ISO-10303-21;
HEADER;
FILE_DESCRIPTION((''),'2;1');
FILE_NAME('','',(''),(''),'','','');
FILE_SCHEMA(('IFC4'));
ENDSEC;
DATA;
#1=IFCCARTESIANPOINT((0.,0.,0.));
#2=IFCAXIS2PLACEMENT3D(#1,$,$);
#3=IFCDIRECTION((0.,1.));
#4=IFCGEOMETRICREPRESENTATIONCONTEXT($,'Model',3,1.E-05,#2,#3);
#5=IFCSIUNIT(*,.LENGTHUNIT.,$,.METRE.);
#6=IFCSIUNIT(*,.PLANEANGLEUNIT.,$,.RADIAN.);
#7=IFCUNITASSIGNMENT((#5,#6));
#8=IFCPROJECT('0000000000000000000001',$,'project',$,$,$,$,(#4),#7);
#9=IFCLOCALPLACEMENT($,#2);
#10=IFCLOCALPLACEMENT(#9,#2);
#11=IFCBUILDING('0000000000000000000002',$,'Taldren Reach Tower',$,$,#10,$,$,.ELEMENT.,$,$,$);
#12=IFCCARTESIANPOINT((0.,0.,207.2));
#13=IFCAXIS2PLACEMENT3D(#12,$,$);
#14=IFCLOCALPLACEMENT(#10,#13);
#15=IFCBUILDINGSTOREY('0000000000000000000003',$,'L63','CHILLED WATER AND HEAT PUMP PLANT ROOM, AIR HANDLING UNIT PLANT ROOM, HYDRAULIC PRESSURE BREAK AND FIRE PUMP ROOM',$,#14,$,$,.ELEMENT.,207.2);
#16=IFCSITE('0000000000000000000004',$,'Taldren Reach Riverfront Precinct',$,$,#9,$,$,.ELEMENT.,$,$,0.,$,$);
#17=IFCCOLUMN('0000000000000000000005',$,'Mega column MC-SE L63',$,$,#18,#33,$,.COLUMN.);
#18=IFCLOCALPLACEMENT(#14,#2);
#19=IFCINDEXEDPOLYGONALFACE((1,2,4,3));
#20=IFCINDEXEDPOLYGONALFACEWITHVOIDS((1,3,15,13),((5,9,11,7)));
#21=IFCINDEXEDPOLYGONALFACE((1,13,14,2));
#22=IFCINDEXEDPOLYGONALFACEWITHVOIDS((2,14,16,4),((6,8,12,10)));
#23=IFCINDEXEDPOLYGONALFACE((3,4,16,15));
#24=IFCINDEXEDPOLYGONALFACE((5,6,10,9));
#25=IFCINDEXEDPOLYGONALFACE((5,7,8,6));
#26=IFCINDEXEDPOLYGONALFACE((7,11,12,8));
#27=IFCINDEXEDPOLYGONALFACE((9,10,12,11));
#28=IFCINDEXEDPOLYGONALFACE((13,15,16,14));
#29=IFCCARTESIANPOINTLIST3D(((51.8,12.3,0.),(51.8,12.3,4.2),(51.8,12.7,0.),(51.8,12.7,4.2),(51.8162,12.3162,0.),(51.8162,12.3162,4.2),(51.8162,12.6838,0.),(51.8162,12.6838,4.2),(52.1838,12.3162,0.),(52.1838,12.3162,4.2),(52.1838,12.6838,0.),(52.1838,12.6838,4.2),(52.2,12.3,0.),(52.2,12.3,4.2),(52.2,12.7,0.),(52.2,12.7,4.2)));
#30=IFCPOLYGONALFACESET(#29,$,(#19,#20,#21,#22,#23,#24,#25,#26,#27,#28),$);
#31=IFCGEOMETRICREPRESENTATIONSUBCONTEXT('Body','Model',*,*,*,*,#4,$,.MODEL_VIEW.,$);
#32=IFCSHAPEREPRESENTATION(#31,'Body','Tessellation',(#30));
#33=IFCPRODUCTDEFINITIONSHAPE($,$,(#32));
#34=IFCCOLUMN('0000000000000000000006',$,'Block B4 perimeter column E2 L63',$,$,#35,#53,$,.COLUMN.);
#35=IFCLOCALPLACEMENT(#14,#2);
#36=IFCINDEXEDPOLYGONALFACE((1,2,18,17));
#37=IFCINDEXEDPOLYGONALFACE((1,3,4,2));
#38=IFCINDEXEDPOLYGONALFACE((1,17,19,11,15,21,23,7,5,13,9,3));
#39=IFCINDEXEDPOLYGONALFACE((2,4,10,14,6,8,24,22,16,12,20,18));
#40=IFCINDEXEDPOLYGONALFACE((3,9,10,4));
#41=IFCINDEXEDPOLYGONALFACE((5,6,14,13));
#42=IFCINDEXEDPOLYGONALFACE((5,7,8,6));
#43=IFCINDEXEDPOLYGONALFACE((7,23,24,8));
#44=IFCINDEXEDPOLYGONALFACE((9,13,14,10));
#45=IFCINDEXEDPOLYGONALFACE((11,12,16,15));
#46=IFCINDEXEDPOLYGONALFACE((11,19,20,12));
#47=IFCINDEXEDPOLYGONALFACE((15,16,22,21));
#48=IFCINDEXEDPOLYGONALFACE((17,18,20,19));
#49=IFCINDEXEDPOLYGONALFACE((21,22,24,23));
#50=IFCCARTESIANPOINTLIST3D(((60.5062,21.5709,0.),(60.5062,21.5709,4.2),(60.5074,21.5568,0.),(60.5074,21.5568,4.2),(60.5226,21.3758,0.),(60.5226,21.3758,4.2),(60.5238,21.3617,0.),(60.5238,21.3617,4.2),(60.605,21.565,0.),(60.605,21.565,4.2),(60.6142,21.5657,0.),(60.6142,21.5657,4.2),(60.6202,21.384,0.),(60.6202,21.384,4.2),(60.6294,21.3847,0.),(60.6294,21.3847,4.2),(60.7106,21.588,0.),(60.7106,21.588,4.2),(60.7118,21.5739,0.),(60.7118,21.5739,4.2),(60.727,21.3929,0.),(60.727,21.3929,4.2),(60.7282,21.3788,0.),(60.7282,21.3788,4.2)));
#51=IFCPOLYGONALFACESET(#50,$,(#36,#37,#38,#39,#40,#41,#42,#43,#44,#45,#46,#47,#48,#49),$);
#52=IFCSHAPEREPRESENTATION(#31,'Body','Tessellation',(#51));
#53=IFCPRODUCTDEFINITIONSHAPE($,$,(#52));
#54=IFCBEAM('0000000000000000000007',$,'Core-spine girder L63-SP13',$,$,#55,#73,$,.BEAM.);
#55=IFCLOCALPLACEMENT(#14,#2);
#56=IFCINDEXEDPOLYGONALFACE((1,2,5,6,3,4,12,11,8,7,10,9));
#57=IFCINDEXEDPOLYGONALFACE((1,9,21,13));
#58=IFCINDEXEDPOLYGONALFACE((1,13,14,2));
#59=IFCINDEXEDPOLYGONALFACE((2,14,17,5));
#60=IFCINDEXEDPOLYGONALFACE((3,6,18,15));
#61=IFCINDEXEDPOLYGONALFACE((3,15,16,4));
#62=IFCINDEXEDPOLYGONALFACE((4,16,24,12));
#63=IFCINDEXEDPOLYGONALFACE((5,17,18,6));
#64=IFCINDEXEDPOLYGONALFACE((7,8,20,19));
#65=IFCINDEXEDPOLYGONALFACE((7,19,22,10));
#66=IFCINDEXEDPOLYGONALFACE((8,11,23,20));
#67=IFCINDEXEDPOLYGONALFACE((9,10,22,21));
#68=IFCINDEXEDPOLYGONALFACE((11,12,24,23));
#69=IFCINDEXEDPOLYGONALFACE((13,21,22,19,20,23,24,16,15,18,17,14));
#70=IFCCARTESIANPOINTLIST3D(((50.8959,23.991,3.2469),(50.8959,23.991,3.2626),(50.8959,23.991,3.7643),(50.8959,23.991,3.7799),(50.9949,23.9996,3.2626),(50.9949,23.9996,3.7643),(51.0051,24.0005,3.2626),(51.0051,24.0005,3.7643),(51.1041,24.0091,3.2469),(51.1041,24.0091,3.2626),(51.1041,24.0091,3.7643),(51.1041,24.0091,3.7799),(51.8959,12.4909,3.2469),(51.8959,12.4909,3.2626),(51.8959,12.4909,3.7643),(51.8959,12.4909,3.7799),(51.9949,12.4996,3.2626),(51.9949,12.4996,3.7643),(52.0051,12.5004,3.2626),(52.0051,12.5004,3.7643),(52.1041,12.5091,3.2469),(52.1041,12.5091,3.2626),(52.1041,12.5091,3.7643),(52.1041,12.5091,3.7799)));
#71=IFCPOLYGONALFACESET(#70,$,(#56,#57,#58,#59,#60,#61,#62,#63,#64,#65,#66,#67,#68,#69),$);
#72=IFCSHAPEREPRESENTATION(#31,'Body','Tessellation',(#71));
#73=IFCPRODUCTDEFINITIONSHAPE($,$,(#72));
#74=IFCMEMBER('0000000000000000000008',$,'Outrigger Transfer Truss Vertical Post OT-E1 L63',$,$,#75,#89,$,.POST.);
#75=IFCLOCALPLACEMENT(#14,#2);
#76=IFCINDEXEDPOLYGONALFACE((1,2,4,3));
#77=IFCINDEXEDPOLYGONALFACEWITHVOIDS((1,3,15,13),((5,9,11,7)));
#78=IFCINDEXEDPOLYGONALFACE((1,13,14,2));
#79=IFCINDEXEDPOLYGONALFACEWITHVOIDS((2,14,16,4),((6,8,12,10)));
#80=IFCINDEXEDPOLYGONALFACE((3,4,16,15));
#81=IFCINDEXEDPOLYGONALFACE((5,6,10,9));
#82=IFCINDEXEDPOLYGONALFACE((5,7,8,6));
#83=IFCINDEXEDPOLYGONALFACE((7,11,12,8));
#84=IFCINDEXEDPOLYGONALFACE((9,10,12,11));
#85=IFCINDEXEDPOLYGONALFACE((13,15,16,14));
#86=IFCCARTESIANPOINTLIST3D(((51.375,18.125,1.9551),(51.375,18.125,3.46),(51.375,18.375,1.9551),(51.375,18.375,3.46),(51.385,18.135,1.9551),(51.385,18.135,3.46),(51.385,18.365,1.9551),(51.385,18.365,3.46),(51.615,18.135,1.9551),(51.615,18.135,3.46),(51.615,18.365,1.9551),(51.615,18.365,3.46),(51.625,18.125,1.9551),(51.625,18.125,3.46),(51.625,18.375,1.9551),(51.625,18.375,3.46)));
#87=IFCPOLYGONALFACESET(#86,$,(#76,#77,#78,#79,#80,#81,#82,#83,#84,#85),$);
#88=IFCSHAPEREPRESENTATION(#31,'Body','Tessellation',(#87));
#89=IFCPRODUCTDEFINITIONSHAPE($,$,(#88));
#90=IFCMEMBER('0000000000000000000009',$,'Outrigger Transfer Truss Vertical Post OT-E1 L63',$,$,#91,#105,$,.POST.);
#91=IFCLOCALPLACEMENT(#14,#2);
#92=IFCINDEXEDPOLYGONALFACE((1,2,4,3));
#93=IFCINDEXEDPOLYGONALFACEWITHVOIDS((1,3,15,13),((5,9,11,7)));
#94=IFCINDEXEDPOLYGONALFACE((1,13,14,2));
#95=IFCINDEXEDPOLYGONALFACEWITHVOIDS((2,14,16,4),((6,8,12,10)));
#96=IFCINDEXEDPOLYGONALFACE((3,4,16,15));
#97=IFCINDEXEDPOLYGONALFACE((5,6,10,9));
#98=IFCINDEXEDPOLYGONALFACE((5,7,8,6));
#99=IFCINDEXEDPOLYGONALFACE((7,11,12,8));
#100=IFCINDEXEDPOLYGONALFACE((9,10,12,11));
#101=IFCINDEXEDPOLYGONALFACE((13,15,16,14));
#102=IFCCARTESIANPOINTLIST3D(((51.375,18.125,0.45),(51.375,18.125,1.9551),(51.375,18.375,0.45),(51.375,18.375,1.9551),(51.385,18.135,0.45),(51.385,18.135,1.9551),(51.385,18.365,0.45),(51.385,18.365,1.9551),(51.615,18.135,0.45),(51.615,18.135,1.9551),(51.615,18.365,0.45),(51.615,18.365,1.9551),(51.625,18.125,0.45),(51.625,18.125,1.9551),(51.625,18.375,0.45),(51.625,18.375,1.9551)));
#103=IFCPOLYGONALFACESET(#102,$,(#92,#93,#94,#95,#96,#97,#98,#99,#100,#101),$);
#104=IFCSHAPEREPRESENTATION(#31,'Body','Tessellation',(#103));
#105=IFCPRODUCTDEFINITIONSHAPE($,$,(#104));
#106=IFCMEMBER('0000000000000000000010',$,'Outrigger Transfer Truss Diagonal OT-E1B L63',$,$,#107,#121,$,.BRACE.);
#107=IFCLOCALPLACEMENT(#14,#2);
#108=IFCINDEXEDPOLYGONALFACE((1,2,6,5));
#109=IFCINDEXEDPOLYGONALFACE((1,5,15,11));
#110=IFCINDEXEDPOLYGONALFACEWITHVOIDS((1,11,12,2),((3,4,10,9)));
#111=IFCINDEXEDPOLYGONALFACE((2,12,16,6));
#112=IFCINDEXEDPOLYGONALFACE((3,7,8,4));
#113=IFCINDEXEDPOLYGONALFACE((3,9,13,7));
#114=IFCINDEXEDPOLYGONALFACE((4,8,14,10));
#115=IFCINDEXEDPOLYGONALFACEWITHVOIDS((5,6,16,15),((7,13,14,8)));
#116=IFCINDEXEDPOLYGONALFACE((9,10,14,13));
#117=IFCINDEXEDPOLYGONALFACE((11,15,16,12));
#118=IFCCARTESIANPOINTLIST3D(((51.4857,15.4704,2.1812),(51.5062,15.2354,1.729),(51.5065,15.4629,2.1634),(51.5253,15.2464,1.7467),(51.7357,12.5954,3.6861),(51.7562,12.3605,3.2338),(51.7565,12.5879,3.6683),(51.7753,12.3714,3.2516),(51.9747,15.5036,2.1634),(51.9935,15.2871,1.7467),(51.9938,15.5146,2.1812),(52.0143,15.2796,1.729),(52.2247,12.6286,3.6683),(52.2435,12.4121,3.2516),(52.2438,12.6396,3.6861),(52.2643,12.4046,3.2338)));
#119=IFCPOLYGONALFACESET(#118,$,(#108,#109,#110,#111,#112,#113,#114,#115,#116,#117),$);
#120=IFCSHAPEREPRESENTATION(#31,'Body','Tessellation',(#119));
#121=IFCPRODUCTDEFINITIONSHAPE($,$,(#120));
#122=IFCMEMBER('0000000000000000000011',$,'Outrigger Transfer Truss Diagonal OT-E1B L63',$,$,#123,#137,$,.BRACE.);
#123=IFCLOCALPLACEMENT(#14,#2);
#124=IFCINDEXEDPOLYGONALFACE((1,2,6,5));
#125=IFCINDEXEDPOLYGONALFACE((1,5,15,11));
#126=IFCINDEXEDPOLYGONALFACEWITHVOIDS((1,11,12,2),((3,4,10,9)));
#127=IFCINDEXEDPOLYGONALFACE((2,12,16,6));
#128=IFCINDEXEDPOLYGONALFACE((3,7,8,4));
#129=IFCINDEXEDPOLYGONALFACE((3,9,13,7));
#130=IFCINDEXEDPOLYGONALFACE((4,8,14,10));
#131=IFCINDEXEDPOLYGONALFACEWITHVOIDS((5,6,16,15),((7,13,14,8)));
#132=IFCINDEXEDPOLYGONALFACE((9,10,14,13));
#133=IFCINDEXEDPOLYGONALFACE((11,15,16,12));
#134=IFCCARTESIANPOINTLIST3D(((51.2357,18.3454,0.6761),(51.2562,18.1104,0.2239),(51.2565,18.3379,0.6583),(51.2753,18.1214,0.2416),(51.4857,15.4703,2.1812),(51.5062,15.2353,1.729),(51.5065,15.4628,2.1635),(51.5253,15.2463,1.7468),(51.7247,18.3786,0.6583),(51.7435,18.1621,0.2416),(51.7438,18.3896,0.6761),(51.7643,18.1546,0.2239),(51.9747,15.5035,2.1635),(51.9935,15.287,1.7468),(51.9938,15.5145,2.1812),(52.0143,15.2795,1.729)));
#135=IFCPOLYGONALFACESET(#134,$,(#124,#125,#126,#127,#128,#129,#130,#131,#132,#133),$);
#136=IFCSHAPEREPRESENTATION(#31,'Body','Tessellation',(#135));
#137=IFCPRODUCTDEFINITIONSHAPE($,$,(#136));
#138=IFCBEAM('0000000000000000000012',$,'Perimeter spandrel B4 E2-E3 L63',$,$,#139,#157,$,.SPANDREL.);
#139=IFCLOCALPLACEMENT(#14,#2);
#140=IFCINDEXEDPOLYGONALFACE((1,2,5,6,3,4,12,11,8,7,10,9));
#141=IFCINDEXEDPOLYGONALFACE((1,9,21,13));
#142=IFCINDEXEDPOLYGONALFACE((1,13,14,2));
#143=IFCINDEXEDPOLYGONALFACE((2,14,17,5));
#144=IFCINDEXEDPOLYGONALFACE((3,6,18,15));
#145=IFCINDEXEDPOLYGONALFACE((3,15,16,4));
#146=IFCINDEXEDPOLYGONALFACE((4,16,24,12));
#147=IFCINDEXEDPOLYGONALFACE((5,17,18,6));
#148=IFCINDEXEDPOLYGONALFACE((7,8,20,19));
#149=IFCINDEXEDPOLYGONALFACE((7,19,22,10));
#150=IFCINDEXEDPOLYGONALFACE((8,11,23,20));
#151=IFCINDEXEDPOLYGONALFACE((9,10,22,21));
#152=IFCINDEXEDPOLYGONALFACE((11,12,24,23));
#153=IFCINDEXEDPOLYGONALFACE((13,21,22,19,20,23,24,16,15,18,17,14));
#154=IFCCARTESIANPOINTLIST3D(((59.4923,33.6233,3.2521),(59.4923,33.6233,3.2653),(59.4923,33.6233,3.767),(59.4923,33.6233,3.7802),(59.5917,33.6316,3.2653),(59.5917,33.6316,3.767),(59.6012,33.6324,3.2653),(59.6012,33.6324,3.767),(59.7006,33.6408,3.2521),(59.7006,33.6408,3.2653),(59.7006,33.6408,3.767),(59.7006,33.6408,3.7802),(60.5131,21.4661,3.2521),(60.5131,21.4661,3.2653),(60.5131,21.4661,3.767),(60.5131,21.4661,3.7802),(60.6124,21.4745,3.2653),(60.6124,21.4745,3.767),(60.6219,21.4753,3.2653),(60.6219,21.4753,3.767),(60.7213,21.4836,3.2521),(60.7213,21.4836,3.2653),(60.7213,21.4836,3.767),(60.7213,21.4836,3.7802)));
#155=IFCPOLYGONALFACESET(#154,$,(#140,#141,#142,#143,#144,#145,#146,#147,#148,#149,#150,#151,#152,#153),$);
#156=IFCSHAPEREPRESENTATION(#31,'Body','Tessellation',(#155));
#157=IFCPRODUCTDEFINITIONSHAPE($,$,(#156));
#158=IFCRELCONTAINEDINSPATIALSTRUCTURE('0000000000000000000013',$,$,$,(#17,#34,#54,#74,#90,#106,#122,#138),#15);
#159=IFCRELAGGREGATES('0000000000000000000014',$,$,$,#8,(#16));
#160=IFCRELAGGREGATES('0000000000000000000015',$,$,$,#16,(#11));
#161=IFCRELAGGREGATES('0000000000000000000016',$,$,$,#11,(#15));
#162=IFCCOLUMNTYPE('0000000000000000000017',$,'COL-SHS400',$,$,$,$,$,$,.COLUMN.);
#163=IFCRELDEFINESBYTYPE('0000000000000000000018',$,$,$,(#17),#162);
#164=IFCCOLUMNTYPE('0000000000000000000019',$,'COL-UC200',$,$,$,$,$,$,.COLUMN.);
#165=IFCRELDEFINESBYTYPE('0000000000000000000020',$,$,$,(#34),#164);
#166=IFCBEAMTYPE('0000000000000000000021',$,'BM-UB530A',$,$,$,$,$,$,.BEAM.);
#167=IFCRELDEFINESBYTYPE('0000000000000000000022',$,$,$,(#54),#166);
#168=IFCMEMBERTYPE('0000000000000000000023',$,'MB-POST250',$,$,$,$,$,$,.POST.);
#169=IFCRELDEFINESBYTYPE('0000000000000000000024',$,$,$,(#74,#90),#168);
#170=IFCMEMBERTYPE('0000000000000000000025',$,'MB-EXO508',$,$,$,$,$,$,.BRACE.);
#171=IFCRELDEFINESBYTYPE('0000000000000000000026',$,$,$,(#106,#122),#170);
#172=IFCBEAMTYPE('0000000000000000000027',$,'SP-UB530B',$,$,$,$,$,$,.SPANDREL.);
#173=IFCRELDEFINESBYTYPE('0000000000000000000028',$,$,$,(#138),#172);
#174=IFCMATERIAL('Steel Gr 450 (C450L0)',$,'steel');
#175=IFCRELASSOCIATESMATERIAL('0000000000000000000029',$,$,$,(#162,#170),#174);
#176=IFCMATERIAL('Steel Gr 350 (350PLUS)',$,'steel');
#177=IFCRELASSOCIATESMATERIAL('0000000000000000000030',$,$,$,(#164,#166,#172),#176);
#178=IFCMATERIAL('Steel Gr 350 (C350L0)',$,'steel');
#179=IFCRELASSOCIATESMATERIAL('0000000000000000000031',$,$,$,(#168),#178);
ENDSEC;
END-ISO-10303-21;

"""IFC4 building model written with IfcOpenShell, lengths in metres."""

from ifc_helpers import new_model, si_unit, direction, frame, origin, origin_2d, place, context, subcontext, project, spatial, hollow_rectangle, i_section, extrude, source, transform, mapped, material, material_profile, profile_set, type_object, element, save


model = new_model("IFC4")

# Units and contexts
model_context = context("Model", 3, precision=1e-05, world=origin(), true_north=direction((0.0, 1.0)))
body_context = subcontext(model_context, "Body", "Model", "MODEL_VIEW")
ifc_project = project(units=[si_unit("LENGTHUNIT", "METRE"), si_unit("PLANEANGLEUNIT", "RADIAN")], contexts=[model_context])

# Site, building, storey
site_placement = place(None, origin())
site = spatial("IfcSite", under=ifc_project, at=site_placement, Name="Taldren Reach Riverfront Precinct", CompositionType="ELEMENT", RefElevation=0.0)
building_placement = place(site_placement, origin())
building = spatial("IfcBuilding", under=site, at=building_placement, Name="Taldren Reach Tower", CompositionType="ELEMENT")
storey_placement = place(building_placement, frame((0.0, 0.0, 207.2)))
storey = spatial("IfcBuildingStorey", under=building, at=storey_placement, Name="L63", Description="CHILLED WATER AND HEAT PUMP PLANT ROOM, AIR HANDLING UNIT PLANT ROOM, HYDRAULIC PRESSURE BREAK AND FIRE PUMP ROOM", CompositionType="ELEMENT", Elevation=207.2)

# Columns
ifc_material_1 = material(Name="Steel Gr 450 (C450L0)", Category="steel")
ifc_material_profile_1 = material_profile(ifc_material_1, hollow_rectangle(XDim=0.3999, YDim=0.3999, WallThickness=0.0161, at=origin_2d()), Name="400x400x16.0SHS")
ifc_profile_set_1 = profile_set([ifc_material_profile_1], Name="Steel Gr 450 (C450L0)")
column_type_1 = type_object("IfcColumnType", Name="COL-SHS400", PredefinedType="COLUMN", material=ifc_profile_set_1)
shared_shape_1 = source(origin(), body_context, "Body", "SweptSolid", [
    extrude(hollow_rectangle(XDim=0.3999, YDim=0.3999, WallThickness=0.0161, at=origin_2d()), origin(), (0.0, 0.0, 1.0), 4.2),
])
column_1_placement = place(storey_placement, frame((52.0, 12.5, 0.0), z_axis=(0.0, 0.0, 1.0), x_axis=(1.0, 0.0, 0.0)))
element("IfcColumn", 1, at=column_1_placement, inside=storey, type_object=column_type_1, Name="Mega column MC-SE L63", PredefinedType="COLUMN", context=body_context, shape_type="MappedRepresentation", body=[
    mapped(shared_shape_1, transform((0.0, 0.0, 0.0), scale=1.0)),
])
ifc_material_2 = material(Name="Steel Gr 350 (350PLUS)", Category="steel")
ifc_material_profile_2 = material_profile(ifc_material_2, i_section(OverallWidth=0.2051, OverallDepth=0.21, WebThickness=0.0093, FlangeThickness=0.0142, at=origin_2d()), Name="200UC59.5")
ifc_profile_set_2 = profile_set([ifc_material_profile_2], Name="Steel Gr 350 (350PLUS)")
column_type_2 = type_object("IfcColumnType", Name="COL-UC200", PredefinedType="COLUMN", material=ifc_profile_set_2)
shared_shape_2 = source(origin(), body_context, "Body", "SweptSolid", [
    extrude(i_section(OverallWidth=0.2051, OverallDepth=0.21, WebThickness=0.0093, FlangeThickness=0.0142, at=origin_2d()), origin(), (0.0, 0.0, 1.0), 4.2),
])
column_2_placement = place(storey_placement, frame((60.6172, 21.4749, 0.0), z_axis=(0.0, 0.0, 1.0), x_axis=(0.996493, 0.083678, 0.0)))
element("IfcColumn", 2, at=column_2_placement, inside=storey, type_object=column_type_2, Name="Block B4 perimeter column E2 L63", PredefinedType="COLUMN", context=body_context, shape_type="MappedRepresentation", body=[
    mapped(shared_shape_2, transform((0.0, 0.0, 0.0), scale=1.0)),
])

# Beam
ifc_material_profile_3 = material_profile(ifc_material_2, i_section(OverallWidth=0.209, OverallDepth=0.533, WebThickness=0.0103, FlangeThickness=0.0156, at=origin_2d()), Name="530UB92.4")
ifc_profile_set_3 = profile_set([ifc_material_profile_3], Name="Steel Gr 350 (350PLUS)")
beam_type_1 = type_object("IfcBeamType", Name="BM-UB530A", PredefinedType="BEAM", material=ifc_profile_set_3)
shared_shape_3 = source(origin(), body_context, "Body", "SweptSolid", [
    extrude(i_section(OverallWidth=0.209, OverallDepth=0.533, WebThickness=0.0103, FlangeThickness=0.0156, at=origin_2d()), origin(), (0.0, 0.0, 1.0), 11.5435),
])
beam_1_placement = place(storey_placement, frame((52.0, 12.5, 3.5134), z_axis=(-0.08663, 0.996241, 0.0), x_axis=(-0.996241, -0.08663, 0.0)))
element("IfcBeam", 3, at=beam_1_placement, inside=storey, type_object=beam_type_1, Name="Core-spine girder L63-SP13", PredefinedType="BEAM", context=body_context, shape_type="MappedRepresentation", body=[
    mapped(shared_shape_3, transform((0.0, 0.0, 0.0), scale=1.0)),
])

# Members
ifc_material_3 = material(Name="Steel Gr 350 (C350L0)", Category="steel")
ifc_material_profile_4 = material_profile(ifc_material_3, hollow_rectangle(XDim=0.25, YDim=0.25, WallThickness=0.01, at=origin_2d()), Name="250x250x10.0SHS")
ifc_profile_set_4 = profile_set([ifc_material_profile_4], Name="Steel Gr 350 (C350L0)")
member_type_1 = type_object("IfcMemberType", Name="MB-POST250", PredefinedType="POST", material=ifc_profile_set_4)
shared_shape_4 = source(origin(), body_context, "Body", "SweptSolid", [
    extrude(hollow_rectangle(XDim=0.25, YDim=0.25, WallThickness=0.01, at=origin_2d()), origin(), (0.0, 0.0, 1.0), 1.5049),
])
member_1_placement = place(storey_placement, frame((51.5, 18.25, 1.9551), z_axis=(0.0, 0.0, 1.0), x_axis=(1.0, 0.0, 0.0)))
element("IfcMember", 4, at=member_1_placement, inside=storey, type_object=member_type_1, Name="Outrigger Transfer Truss Vertical Post OT-E1 L63", PredefinedType="POST", context=body_context, shape_type="MappedRepresentation", body=[
    mapped(shared_shape_4, transform((0.0, 0.0, 0.0), scale=1.0)),
])
shared_shape_5 = source(origin(), body_context, "Body", "SweptSolid", [
    extrude(hollow_rectangle(XDim=0.25, YDim=0.25, WallThickness=0.01, at=origin_2d()), origin(), (0.0, 0.0, 1.0), 1.5051),
])
member_2_placement = place(storey_placement, frame((51.5, 18.25, 0.45), z_axis=(0.0, 0.0, 1.0), x_axis=(1.0, 0.0, 0.0)))
element("IfcMember", 5, at=member_2_placement, inside=storey, type_object=member_type_1, Name="Outrigger Transfer Truss Vertical Post OT-E1 L63", PredefinedType="POST", context=body_context, shape_type="MappedRepresentation", body=[
    mapped(shared_shape_5, transform((0.0, 0.0, 0.0), scale=1.0)),
])
ifc_material_profile_5 = material_profile(ifc_material_1, hollow_rectangle(XDim=0.51, YDim=0.51, WallThickness=0.02, at=origin_2d()), Name="510x510x20.0SHS")
ifc_profile_set_5 = profile_set([ifc_material_profile_5], Name="Steel Gr 450 (C450L0)")
member_type_2 = type_object("IfcMemberType", Name="MB-EXO508", PredefinedType="BRACE", material=ifc_profile_set_5)
shared_shape_6 = source(origin(), body_context, "Body", "SweptSolid", [
    extrude(hollow_rectangle(XDim=0.51, YDim=0.51, WallThickness=0.02, at=origin_2d()), origin(), (0.0, 0.0, 1.0), 3.2546),
])
member_3_placement = place(storey_placement, frame((51.75, 15.375, 1.9551), z_axis=(0.076813, -0.883349, 0.462378), x_axis=(0.996241, 0.08663, 0.0)))
element("IfcMember", 6, at=member_3_placement, inside=storey, type_object=member_type_2, Name="Outrigger Transfer Truss Diagonal OT-E1B L63", PredefinedType="BRACE", context=body_context, shape_type="MappedRepresentation", body=[
    mapped(shared_shape_6, transform((0.0, 0.0, 0.0), scale=1.0)),
])
shared_shape_7 = source(origin(), body_context, "Body", "SweptSolid", [
    extrude(hollow_rectangle(XDim=0.51, YDim=0.51, WallThickness=0.02, at=origin_2d()), origin(), (0.0, 0.0, 1.0), 3.2549),
])
member_4_placement = place(storey_placement, frame((51.5, 18.25, 0.45), z_axis=(0.07681, -0.883319, 0.462437), x_axis=(0.996241, 0.08663, 0.0)))
element("IfcMember", 7, at=member_4_placement, inside=storey, type_object=member_type_2, Name="Outrigger Transfer Truss Diagonal OT-E1B L63", PredefinedType="BRACE", context=body_context, shape_type="MappedRepresentation", body=[
    mapped(shared_shape_7, transform((0.0, 0.0, 0.0), scale=1.0)),
])

# Beam
ifc_material_profile_6 = material_profile(ifc_material_2, i_section(OverallWidth=0.209, OverallDepth=0.5281, WebThickness=0.0095, FlangeThickness=0.0132, at=origin_2d()), Name="530UB82.0")
ifc_profile_set_6 = profile_set([ifc_material_profile_6], Name="Steel Gr 350 (350PLUS)")
beam_type_2 = type_object("IfcBeamType", Name="SP-UB530B", PredefinedType="SPANDREL", material=ifc_profile_set_6)
shared_shape_8 = source(origin(), body_context, "Body", "SweptSolid", [
    extrude(i_section(OverallWidth=0.209, OverallDepth=0.5281, WebThickness=0.0095, FlangeThickness=0.0132, at=origin_2d()), origin(), (0.0, 0.0, 1.0), 12.2),
])
beam_2_placement = place(storey_placement, frame((60.6172, 21.4749, 3.5161), z_axis=(-0.083668, 0.996494, 0.0), x_axis=(-0.996494, -0.083668, 0.0)))
element("IfcBeam", 8, at=beam_2_placement, inside=storey, type_object=beam_type_2, Name="Perimeter spandrel B4 E2-E3 L63", PredefinedType="SPANDREL", context=body_context, shape_type="MappedRepresentation", body=[
    mapped(shared_shape_8, transform((0.0, 0.0, 0.0), scale=1.0)),
])

save(model, "model.ifc")
